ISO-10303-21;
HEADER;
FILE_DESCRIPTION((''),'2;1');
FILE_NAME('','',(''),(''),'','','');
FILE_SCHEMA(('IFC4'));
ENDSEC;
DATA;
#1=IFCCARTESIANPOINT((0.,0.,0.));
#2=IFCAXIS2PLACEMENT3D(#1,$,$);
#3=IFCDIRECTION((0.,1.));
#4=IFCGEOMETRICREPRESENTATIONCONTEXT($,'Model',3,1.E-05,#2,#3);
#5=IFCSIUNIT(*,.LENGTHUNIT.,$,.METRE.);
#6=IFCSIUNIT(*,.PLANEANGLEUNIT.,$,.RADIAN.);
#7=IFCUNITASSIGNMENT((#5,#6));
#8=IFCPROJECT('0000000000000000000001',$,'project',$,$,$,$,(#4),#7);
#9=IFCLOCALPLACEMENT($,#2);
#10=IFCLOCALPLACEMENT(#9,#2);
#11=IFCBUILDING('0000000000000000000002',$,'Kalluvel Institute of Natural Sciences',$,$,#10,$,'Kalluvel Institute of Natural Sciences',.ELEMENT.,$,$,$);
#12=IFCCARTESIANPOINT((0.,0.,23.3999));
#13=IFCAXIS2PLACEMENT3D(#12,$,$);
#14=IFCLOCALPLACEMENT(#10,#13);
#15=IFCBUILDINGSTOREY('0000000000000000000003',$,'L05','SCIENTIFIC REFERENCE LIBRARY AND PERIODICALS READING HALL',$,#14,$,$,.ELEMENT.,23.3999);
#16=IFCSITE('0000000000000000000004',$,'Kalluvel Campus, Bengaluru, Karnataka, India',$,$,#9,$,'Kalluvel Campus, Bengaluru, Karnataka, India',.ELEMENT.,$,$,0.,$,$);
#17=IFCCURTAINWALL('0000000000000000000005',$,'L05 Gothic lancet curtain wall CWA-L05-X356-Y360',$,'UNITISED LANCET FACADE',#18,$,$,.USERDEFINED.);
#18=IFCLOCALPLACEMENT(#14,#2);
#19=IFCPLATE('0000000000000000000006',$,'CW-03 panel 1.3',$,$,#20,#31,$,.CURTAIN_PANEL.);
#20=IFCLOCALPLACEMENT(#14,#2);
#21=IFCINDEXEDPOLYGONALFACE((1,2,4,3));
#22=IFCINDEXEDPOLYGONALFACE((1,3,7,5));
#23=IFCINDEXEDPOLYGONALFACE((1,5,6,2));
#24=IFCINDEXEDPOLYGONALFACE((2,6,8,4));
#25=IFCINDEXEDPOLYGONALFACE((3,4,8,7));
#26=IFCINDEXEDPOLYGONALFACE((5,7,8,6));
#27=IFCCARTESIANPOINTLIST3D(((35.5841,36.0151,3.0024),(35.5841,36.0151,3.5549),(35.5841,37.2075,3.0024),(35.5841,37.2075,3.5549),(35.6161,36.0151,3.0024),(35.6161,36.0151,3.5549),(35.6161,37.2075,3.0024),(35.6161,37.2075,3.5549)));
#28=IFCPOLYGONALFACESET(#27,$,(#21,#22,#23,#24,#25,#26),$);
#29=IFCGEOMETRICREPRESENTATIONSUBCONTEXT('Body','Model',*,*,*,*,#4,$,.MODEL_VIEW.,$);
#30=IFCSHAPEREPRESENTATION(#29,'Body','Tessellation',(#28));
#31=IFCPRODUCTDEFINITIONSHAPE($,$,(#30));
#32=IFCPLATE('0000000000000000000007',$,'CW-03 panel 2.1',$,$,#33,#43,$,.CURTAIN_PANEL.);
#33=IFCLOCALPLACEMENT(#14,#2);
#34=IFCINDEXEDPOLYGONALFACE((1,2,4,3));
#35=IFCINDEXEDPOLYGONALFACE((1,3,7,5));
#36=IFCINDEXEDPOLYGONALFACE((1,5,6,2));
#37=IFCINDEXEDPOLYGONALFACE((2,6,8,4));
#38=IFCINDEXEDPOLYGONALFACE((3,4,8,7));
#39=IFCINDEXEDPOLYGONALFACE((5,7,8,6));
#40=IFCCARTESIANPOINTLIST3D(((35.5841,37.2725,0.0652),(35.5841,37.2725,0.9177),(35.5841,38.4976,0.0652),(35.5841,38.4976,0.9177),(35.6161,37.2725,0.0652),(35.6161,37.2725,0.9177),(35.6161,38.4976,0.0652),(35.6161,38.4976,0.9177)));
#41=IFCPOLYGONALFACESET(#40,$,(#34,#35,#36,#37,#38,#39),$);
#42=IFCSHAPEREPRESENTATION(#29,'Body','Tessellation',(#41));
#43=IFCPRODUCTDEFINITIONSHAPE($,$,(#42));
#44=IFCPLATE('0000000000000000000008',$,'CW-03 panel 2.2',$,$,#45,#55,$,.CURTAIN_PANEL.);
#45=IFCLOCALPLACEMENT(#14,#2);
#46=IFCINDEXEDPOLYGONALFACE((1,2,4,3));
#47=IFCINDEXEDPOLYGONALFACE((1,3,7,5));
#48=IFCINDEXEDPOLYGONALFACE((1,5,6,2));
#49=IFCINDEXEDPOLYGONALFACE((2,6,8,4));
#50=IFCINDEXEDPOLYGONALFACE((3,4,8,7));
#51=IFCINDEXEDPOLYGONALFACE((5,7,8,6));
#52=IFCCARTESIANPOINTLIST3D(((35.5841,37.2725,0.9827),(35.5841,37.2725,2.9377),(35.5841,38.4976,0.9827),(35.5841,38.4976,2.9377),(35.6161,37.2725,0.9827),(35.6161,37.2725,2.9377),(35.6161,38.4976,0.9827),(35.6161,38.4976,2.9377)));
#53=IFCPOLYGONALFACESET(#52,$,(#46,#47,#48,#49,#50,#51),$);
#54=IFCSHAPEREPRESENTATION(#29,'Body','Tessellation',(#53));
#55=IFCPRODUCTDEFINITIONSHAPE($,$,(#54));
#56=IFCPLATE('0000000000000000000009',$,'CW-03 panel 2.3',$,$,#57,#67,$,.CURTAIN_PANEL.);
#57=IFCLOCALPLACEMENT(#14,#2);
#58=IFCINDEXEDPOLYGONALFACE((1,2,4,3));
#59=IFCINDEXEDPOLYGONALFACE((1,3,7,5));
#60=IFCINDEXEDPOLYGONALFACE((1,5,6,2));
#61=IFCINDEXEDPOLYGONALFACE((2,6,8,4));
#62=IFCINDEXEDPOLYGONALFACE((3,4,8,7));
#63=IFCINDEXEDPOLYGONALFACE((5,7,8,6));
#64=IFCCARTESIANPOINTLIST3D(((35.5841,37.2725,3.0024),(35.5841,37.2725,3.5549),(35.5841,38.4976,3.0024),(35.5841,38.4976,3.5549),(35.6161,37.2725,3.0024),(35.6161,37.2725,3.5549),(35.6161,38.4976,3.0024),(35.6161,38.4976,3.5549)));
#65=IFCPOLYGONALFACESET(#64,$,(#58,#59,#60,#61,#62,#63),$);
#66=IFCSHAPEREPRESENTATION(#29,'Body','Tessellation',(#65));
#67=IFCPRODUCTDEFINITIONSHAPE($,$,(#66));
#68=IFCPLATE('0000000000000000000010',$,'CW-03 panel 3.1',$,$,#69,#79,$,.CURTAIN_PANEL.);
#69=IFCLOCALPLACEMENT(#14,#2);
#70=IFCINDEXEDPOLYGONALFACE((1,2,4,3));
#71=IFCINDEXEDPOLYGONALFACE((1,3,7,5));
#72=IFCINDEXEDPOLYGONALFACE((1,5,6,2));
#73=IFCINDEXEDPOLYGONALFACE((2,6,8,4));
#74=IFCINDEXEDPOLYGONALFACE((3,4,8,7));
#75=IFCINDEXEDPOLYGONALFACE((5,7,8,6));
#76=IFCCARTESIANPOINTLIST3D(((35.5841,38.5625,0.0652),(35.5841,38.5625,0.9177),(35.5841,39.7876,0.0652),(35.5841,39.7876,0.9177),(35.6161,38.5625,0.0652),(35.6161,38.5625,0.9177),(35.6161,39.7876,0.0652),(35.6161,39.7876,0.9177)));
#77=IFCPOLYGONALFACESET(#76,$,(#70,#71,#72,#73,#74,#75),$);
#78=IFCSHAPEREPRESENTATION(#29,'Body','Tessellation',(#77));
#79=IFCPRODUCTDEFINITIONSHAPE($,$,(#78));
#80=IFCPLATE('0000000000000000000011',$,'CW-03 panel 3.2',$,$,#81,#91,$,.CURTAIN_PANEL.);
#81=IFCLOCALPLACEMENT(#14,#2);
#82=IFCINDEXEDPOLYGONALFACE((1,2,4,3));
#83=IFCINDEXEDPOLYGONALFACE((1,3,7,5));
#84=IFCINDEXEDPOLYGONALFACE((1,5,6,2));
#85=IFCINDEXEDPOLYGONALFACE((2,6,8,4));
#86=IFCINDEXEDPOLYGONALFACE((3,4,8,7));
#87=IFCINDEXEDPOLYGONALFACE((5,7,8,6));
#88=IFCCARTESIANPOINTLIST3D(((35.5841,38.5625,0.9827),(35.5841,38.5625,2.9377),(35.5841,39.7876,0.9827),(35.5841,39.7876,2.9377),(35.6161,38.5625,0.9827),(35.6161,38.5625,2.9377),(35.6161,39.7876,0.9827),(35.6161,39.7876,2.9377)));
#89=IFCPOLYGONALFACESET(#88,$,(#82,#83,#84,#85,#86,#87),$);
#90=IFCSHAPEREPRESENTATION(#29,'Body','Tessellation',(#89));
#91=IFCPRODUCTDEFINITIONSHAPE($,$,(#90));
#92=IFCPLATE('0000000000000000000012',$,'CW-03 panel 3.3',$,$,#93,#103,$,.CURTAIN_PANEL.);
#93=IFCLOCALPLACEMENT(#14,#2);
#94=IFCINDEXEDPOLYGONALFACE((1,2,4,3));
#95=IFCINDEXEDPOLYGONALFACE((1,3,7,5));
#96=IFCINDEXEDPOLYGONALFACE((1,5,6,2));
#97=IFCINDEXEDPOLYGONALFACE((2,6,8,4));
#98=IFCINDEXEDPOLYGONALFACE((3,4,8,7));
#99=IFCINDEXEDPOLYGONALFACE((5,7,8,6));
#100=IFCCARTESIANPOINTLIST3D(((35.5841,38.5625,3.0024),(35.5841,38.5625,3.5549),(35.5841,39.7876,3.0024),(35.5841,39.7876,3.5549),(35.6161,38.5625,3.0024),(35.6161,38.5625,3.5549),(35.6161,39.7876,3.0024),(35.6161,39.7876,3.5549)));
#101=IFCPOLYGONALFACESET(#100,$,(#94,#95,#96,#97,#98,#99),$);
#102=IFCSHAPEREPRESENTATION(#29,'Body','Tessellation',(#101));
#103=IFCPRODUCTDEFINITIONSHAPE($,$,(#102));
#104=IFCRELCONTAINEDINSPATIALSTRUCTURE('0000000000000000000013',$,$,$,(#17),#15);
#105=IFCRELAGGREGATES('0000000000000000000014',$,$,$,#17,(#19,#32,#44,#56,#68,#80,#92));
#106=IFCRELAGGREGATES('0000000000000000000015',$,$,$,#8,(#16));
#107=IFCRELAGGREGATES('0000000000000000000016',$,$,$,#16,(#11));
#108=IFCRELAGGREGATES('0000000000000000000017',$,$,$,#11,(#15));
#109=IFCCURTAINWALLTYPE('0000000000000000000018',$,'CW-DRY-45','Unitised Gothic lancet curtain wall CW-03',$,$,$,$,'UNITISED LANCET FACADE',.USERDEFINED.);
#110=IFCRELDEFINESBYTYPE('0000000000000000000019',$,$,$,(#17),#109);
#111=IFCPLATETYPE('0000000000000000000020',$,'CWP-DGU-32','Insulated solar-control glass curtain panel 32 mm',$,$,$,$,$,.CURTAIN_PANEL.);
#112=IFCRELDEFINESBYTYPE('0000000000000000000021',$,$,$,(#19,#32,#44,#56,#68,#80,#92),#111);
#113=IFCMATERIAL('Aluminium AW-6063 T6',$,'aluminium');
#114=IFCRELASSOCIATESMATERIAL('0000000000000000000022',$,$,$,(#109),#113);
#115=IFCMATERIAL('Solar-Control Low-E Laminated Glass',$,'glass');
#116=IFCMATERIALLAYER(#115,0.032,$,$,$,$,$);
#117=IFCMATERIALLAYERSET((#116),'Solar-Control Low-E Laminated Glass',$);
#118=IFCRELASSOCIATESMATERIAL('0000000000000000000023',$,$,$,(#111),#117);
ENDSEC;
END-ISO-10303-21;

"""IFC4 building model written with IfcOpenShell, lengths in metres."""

from ifc_helpers import new_model, si_unit, direction, frame, origin, origin_2d, place, context, subcontext, project, spatial, rectangle, extrude, material, layer, layer_set, type_object, element, aggregate, save


model = new_model("IFC4")

# Units and contexts
model_context = context("Model", 3, precision=1e-05, world=origin(), true_north=direction((0.0, 1.0)))
body_context = subcontext(model_context, "Body", "Model", "MODEL_VIEW")
ifc_project = project(units=[si_unit("LENGTHUNIT", "METRE"), si_unit("PLANEANGLEUNIT", "RADIAN")], contexts=[model_context])

# Site, building, storey
site_placement = place(None, origin())
site = spatial("IfcSite", under=ifc_project, at=site_placement, Name="Kalluvel Campus, Bengaluru, Karnataka, India", LongName="Kalluvel Campus, Bengaluru, Karnataka, India", CompositionType="ELEMENT", RefElevation=0.0)
building_placement = place(site_placement, origin())
building = spatial("IfcBuilding", under=site, at=building_placement, Name="Kalluvel Institute of Natural Sciences", LongName="Kalluvel Institute of Natural Sciences", CompositionType="ELEMENT")
storey_placement = place(building_placement, frame((0.0, 0.0, 23.3999)))
storey = spatial("IfcBuildingStorey", under=building, at=storey_placement, Name="L05", Description="SCIENTIFIC REFERENCE LIBRARY AND PERIODICALS READING HALL", CompositionType="ELEMENT", Elevation=23.3999)

# Curtain wall, plates
ifc_material_1 = material(Name="Aluminium AW-6063 T6", Category="aluminium")
curtain_wall_type = type_object("IfcCurtainWallType", Name="CW-DRY-45", Description="Unitised Gothic lancet curtain wall CW-03", ElementType="UNITISED LANCET FACADE", PredefinedType="USERDEFINED", material=ifc_material_1)
curtain_wall_placement = place(storey_placement, origin())
curtain_wall = element("IfcCurtainWall", 1, at=curtain_wall_placement, inside=storey, type_object=curtain_wall_type, Name="L05 Gothic lancet curtain wall CWA-L05-X356-Y360", ObjectType="UNITISED LANCET FACADE", PredefinedType="USERDEFINED")
ifc_material_2 = material(Name="Solar-Control Low-E Laminated Glass", Category="glass")
ifc_layer = layer(ifc_material_2, 0.032)
ifc_layer_set = layer_set([ifc_layer], Name="Solar-Control Low-E Laminated Glass")
plate_type = type_object("IfcPlateType", Name="CWP-DGU-32", Description="Insulated solar-control glass curtain panel 32 mm", PredefinedType="CURTAIN_PANEL", material=ifc_layer_set)
plate_1_placement = place(storey_placement, frame((35.6001, 36.6113, 3.0024), z_axis=(0.0, 0.0, 1.0), x_axis=(0.0, 1.0, 0.0)))
plate_1 = element("IfcPlate", 2, at=plate_1_placement, type_object=plate_type, Name="CW-03 panel 1.3", PredefinedType="CURTAIN_PANEL", context=body_context, shape_type="SweptSolid", body=[
    extrude(rectangle(XDim=1.1924, YDim=0.032, at=origin_2d()), origin(), (0.0, 0.0, 1.0), 0.5525),
])
plate_2_placement = place(storey_placement, frame((35.6001, 37.885, 0.0652), z_axis=(0.0, 0.0, 1.0), x_axis=(0.0, 1.0, 0.0)))
plate_2 = element("IfcPlate", 3, at=plate_2_placement, type_object=plate_type, Name="CW-03 panel 2.1", PredefinedType="CURTAIN_PANEL", context=body_context, shape_type="SweptSolid", body=[
    extrude(rectangle(XDim=1.2251, YDim=0.032, at=origin_2d()), origin(), (0.0, 0.0, 1.0), 0.8525),
])
plate_3_placement = place(storey_placement, frame((35.6001, 37.885, 0.9827), z_axis=(0.0, 0.0, 1.0), x_axis=(0.0, 1.0, 0.0)))
plate_3 = element("IfcPlate", 4, at=plate_3_placement, type_object=plate_type, Name="CW-03 panel 2.2", PredefinedType="CURTAIN_PANEL", context=body_context, shape_type="SweptSolid", body=[
    extrude(rectangle(XDim=1.2251, YDim=0.032, at=origin_2d()), origin(), (0.0, 0.0, 1.0), 1.9551),
])
plate_4_placement = place(storey_placement, frame((35.6001, 37.885, 3.0024), z_axis=(0.0, 0.0, 1.0), x_axis=(0.0, 1.0, 0.0)))
plate_4 = element("IfcPlate", 5, at=plate_4_placement, type_object=plate_type, Name="CW-03 panel 2.3", PredefinedType="CURTAIN_PANEL", context=body_context, shape_type="SweptSolid", body=[
    extrude(rectangle(XDim=1.2251, YDim=0.032, at=origin_2d()), origin(), (0.0, 0.0, 1.0), 0.5525),
])
plate_5_placement = place(storey_placement, frame((35.6001, 39.175, 0.0652), z_axis=(0.0, 0.0, 1.0), x_axis=(0.0, 1.0, 0.0)))
plate_5 = element("IfcPlate", 6, at=plate_5_placement, type_object=plate_type, Name="CW-03 panel 3.1", PredefinedType="CURTAIN_PANEL", context=body_context, shape_type="SweptSolid", body=[
    extrude(rectangle(XDim=1.2251, YDim=0.032, at=origin_2d()), origin(), (0.0, 0.0, 1.0), 0.8525),
])
plate_6_placement = place(storey_placement, frame((35.6001, 39.175, 0.9827), z_axis=(0.0, 0.0, 1.0), x_axis=(0.0, 1.0, 0.0)))
plate_6 = element("IfcPlate", 7, at=plate_6_placement, type_object=plate_type, Name="CW-03 panel 3.2", PredefinedType="CURTAIN_PANEL", context=body_context, shape_type="SweptSolid", body=[
    extrude(rectangle(XDim=1.2251, YDim=0.032, at=origin_2d()), origin(), (0.0, 0.0, 1.0), 1.9551),
])
plate_7_placement = place(storey_placement, frame((35.6001, 39.175, 3.0024), z_axis=(0.0, 0.0, 1.0), x_axis=(0.0, 1.0, 0.0)))
plate_7 = element("IfcPlate", 8, at=plate_7_placement, type_object=plate_type, Name="CW-03 panel 3.3", PredefinedType="CURTAIN_PANEL", context=body_context, shape_type="SweptSolid", body=[
    extrude(rectangle(XDim=1.2251, YDim=0.032, at=origin_2d()), origin(), (0.0, 0.0, 1.0), 0.5525),
])
aggregate(curtain_wall, [plate_1, plate_2, plate_3, plate_4, plate_5, plate_6, plate_7])

save(model, "model.ifc")
